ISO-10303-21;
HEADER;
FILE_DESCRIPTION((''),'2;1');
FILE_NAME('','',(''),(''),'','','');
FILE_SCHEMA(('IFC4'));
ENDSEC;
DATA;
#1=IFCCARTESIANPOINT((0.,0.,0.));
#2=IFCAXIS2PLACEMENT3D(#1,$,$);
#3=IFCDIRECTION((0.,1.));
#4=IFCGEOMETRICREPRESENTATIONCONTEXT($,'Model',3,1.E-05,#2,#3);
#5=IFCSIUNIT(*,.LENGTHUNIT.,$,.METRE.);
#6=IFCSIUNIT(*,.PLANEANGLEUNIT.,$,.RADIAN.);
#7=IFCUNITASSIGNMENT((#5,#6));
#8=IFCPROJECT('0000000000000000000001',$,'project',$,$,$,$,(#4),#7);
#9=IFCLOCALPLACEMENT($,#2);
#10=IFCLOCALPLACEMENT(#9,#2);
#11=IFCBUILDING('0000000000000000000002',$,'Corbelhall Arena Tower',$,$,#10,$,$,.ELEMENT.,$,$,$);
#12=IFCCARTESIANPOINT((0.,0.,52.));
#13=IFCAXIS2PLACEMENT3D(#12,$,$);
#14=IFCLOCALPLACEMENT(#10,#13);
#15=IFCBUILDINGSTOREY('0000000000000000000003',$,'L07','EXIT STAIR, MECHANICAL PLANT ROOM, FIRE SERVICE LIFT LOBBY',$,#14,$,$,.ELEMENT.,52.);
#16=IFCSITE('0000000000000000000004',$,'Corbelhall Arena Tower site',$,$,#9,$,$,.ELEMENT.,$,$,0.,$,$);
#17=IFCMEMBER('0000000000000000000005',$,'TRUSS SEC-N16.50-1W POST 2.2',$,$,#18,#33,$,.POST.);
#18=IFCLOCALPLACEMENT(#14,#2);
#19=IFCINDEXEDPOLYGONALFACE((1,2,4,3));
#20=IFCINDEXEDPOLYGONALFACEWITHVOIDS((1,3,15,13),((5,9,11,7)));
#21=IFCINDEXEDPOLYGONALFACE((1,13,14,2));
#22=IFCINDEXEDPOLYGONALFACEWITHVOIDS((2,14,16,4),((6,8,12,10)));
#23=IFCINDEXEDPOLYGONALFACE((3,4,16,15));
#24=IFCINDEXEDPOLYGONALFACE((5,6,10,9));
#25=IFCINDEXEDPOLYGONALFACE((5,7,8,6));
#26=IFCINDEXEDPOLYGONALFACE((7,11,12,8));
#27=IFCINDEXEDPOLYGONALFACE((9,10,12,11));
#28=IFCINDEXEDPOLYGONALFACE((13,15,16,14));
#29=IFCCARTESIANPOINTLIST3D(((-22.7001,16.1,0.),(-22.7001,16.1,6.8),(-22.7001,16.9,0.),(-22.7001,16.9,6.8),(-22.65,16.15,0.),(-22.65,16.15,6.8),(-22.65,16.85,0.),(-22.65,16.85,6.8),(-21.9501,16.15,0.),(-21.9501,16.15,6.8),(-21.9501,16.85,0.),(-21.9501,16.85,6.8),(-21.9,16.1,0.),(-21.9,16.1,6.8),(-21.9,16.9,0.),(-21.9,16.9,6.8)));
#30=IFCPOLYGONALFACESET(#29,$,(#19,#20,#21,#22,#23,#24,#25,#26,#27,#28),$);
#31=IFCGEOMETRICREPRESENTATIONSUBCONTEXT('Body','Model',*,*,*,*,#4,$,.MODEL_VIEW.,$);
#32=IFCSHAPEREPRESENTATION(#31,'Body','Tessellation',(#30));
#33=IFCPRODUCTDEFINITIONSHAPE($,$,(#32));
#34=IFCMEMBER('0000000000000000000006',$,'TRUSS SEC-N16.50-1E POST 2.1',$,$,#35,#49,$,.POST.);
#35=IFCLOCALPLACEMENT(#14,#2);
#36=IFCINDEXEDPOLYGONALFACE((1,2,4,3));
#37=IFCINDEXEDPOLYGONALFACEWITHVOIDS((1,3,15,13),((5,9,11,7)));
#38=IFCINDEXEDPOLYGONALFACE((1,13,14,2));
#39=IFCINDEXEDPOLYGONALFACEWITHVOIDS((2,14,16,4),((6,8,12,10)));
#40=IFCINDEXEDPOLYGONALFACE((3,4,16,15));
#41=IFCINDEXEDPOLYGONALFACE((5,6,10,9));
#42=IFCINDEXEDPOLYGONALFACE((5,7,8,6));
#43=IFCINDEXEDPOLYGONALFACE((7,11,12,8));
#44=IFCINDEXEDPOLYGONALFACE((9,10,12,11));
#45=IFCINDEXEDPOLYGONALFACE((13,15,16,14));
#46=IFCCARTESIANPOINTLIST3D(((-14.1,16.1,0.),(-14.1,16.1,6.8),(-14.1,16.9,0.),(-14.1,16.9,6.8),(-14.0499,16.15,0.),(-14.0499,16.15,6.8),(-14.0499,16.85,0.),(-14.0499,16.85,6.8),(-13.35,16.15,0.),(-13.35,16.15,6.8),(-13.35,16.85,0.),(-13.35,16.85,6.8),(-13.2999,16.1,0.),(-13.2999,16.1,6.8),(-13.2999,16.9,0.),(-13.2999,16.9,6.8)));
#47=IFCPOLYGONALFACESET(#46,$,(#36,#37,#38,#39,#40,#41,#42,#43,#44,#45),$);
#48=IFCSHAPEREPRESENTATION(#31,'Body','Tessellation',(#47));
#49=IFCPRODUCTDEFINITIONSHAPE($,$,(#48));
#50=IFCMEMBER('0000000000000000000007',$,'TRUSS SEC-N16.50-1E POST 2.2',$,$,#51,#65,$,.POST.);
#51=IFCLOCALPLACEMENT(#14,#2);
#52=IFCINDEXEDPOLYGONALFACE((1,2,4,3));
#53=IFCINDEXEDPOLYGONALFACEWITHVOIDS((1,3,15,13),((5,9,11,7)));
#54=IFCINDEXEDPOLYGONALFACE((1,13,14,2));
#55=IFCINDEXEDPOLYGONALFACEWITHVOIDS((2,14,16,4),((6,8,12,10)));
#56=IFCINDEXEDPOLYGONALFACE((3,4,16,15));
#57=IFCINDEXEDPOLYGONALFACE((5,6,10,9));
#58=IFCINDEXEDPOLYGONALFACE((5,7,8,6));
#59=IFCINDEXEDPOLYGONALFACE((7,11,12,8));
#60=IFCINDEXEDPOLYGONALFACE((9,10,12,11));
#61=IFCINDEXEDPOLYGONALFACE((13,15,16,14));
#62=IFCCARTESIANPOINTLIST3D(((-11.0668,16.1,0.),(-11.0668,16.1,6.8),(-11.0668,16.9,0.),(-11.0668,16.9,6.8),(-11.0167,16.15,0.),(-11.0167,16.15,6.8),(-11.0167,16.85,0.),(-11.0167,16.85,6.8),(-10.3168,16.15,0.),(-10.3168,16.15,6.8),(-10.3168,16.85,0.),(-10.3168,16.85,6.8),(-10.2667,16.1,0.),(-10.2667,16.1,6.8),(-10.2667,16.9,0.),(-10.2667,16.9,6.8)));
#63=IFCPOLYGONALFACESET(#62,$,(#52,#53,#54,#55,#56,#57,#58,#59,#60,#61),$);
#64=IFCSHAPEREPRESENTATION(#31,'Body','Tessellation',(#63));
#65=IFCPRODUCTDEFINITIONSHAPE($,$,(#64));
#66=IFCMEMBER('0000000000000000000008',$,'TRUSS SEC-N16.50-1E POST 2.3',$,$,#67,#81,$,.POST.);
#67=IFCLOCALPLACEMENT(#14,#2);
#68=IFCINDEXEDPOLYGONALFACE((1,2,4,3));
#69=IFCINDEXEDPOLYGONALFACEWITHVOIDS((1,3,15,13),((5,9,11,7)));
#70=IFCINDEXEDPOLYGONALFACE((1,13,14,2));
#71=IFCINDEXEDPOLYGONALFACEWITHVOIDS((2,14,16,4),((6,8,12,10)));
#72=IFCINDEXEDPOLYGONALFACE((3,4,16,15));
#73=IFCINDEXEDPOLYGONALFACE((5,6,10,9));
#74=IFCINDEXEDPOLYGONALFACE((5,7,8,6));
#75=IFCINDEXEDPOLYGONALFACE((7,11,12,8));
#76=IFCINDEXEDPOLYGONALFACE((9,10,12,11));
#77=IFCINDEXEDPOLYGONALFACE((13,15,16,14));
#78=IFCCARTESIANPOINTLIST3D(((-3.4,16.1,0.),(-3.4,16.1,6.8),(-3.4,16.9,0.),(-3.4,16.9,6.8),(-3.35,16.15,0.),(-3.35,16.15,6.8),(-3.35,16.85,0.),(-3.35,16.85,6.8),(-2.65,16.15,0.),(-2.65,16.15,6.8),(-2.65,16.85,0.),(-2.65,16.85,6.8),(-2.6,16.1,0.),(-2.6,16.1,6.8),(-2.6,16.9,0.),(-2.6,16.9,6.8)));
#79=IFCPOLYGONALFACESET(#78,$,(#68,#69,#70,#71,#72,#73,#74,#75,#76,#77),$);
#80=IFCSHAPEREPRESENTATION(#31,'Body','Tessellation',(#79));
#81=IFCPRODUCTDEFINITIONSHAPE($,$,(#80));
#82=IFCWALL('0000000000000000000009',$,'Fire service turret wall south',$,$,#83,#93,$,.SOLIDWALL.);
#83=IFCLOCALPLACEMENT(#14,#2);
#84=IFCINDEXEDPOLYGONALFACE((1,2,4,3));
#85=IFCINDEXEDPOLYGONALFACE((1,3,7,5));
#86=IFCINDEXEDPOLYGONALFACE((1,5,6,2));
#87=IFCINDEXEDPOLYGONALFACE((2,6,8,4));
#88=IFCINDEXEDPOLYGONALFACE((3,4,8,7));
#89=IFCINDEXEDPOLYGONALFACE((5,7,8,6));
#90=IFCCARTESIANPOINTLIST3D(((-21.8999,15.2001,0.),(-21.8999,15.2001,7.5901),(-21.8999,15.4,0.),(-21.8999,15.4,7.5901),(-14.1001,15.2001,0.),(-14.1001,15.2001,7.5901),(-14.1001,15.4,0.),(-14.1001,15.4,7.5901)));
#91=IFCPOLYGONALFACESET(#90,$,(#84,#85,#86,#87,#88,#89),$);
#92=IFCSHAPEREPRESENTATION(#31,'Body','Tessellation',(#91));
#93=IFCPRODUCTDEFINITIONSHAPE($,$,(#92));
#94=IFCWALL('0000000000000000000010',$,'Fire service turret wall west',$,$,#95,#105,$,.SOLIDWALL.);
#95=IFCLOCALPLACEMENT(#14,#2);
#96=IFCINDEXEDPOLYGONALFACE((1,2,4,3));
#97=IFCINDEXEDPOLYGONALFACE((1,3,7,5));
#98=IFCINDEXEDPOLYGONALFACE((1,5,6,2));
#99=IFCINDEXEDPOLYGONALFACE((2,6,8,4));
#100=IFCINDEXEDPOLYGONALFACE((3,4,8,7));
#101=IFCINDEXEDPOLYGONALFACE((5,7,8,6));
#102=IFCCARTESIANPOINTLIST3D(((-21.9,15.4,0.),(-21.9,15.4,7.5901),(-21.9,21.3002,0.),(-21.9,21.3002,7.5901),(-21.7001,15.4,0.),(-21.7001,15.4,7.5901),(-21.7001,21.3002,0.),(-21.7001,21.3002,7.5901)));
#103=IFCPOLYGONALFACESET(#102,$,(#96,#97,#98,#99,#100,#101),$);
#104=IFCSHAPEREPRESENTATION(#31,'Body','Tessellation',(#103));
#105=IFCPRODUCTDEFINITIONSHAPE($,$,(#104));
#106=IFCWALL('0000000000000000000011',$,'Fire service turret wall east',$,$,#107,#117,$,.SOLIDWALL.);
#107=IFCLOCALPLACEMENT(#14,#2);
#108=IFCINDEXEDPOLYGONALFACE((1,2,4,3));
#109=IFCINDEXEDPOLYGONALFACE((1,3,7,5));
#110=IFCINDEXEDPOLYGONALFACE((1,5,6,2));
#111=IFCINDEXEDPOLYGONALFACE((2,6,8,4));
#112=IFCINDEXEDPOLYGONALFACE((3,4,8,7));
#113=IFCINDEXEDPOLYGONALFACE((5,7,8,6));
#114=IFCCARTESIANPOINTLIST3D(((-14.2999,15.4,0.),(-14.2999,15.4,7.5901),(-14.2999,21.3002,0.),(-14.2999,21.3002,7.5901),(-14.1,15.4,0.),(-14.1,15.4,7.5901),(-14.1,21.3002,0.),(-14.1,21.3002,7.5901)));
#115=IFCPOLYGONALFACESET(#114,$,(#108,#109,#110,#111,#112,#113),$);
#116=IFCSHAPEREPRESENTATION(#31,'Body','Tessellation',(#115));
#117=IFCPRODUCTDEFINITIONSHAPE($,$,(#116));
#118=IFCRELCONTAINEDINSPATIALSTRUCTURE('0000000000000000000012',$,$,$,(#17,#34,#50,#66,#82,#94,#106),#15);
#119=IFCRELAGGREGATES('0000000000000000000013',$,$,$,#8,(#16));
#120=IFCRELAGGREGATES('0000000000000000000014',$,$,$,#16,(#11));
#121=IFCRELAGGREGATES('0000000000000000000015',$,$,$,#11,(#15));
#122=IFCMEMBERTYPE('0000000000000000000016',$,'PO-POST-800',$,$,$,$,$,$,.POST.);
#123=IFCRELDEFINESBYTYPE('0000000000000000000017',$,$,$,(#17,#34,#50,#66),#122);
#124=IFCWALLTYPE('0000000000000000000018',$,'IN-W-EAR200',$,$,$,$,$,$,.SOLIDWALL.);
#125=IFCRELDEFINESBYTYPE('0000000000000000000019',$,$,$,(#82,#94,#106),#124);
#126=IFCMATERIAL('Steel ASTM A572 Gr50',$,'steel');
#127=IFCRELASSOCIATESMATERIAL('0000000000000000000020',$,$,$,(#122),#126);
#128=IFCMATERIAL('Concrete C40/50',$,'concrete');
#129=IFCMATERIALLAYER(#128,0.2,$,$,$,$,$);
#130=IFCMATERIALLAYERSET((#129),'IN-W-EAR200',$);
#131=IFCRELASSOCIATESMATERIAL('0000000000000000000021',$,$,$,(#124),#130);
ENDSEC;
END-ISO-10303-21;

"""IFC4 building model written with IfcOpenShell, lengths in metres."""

from ifc_helpers import new_model, si_unit, direction, frame, frame_2d, origin, origin_2d, place, context, subcontext, project, spatial, rectangle, hollow_rectangle, extrude, material, layer, layer_set, material_profile, profile_set, type_object, element, save


model = new_model("IFC4")

# Units and contexts
model_context = context("Model", 3, precision=1e-05, world=origin(), true_north=direction((0.0, 1.0)))
body_context = subcontext(model_context, "Body", "Model", "MODEL_VIEW")
ifc_project = project(units=[si_unit("LENGTHUNIT", "METRE"), si_unit("PLANEANGLEUNIT", "RADIAN")], contexts=[model_context])

# Site, building, storey
site_placement = place(None, origin())
site = spatial("IfcSite", under=ifc_project, at=site_placement, Name="Corbelhall Arena Tower site", CompositionType="ELEMENT", RefElevation=0.0)
building_placement = place(site_placement, origin())
building = spatial("IfcBuilding", under=site, at=building_placement, Name="Corbelhall Arena Tower", CompositionType="ELEMENT")
storey_placement = place(building_placement, frame((0.0, 0.0, 52.0)))
storey = spatial("IfcBuildingStorey", under=building, at=storey_placement, Name="L07", Description="EXIT STAIR, MECHANICAL PLANT ROOM, FIRE SERVICE LIFT LOBBY", CompositionType="ELEMENT", Elevation=52.0)

# Members
ifc_material_1 = material(Name="Steel ASTM A572 Gr50", Category="steel")
ifc_material_profile_1 = material_profile(ifc_material_1, hollow_rectangle(XDim=0.8, YDim=0.8, WallThickness=0.05, at=origin_2d()))
ifc_profile_set_1 = profile_set([ifc_material_profile_1], Name="Steel ASTM A572 Gr50")
member_type_1 = type_object("IfcMemberType", Name="PO-POST-800", PredefinedType="POST", material=ifc_profile_set_1)
for number, where, z_axis, x_axis, name in (
    (1, (-22.3, 16.5, 0.0), (0.0, 0.0, 1.0), (1.0, 0.0, 0.0), "TRUSS SEC-N16.50-1W POST 2.2"),
    (2, (-13.7, 16.5, 0.0), (0.0, 0.0, 1.0), (1.0, 0.0, 0.0), "TRUSS SEC-N16.50-1E POST 2.1"),
    (3, (-10.6667, 16.5, 0.0), (0.0, 0.0, 1.0), (1.0, 0.0, 0.0), "TRUSS SEC-N16.50-1E POST 2.2"),
    (4, (-3.0, 16.5, 0.0), (0.0, 0.0, 1.0), (1.0, 0.0, 0.0), "TRUSS SEC-N16.50-1E POST 2.3"),
):
    element("IfcMember", number, at=place(storey_placement, frame(where, z_axis=z_axis, x_axis=x_axis)), inside=storey, type_object=member_type_1, Name=name, PredefinedType="POST", context=body_context, shape_type="SweptSolid", body=[
        extrude(hollow_rectangle(XDim=0.8, YDim=0.8, WallThickness=0.05, at=origin_2d()), origin(), (0.0, 0.0, 1.0), 6.8),
    ])

# Walls
ifc_material_2 = material(Name="Concrete C40/50", Category="concrete")
ifc_layer = layer(ifc_material_2, 0.2)
ifc_layer_set = layer_set([ifc_layer], Name="IN-W-EAR200")
wall_type = type_object("IfcWallType", Name="IN-W-EAR200", PredefinedType="SOLIDWALL", material=ifc_layer_set)
wall_1_placement = place(storey_placement, frame((-21.8999, 15.3, 0.0), z_axis=(0.0, 0.0, 1.0), x_axis=(1.0, 0.0, 0.0)))
element("IfcWall", 5, at=wall_1_placement, inside=storey, type_object=wall_type, Name="Fire service turret wall south", PredefinedType="SOLIDWALL", context=body_context, shape_type="SweptSolid", body=[
    extrude(rectangle(XDim=7.7998, YDim=0.2, at=frame_2d((3.8999, 0.0))), origin(), (0.0, 0.0, 1.0), 7.5901),
])
for number, where, z_axis, x_axis, name in (
    (6, (-21.8, 15.3999, 0.0), (0.0, 0.0, 1.0), (0.0, 1.0, 0.0), "Fire service turret wall west"),
    (7, (-14.2, 15.3999, 0.0), (0.0, 0.0, 1.0), (0.0, 1.0, 0.0), "Fire service turret wall east"),
):
    element("IfcWall", number, at=place(storey_placement, frame(where, z_axis=z_axis, x_axis=x_axis)), inside=storey, type_object=wall_type, Name=name, PredefinedType="SOLIDWALL", context=body_context, shape_type="SweptSolid", body=[
        extrude(rectangle(XDim=5.9001, YDim=0.2, at=frame_2d((2.9502, 0.0))), origin(), (0.0, 0.0, 1.0), 7.5901),
    ])

save(model, "model.ifc")
